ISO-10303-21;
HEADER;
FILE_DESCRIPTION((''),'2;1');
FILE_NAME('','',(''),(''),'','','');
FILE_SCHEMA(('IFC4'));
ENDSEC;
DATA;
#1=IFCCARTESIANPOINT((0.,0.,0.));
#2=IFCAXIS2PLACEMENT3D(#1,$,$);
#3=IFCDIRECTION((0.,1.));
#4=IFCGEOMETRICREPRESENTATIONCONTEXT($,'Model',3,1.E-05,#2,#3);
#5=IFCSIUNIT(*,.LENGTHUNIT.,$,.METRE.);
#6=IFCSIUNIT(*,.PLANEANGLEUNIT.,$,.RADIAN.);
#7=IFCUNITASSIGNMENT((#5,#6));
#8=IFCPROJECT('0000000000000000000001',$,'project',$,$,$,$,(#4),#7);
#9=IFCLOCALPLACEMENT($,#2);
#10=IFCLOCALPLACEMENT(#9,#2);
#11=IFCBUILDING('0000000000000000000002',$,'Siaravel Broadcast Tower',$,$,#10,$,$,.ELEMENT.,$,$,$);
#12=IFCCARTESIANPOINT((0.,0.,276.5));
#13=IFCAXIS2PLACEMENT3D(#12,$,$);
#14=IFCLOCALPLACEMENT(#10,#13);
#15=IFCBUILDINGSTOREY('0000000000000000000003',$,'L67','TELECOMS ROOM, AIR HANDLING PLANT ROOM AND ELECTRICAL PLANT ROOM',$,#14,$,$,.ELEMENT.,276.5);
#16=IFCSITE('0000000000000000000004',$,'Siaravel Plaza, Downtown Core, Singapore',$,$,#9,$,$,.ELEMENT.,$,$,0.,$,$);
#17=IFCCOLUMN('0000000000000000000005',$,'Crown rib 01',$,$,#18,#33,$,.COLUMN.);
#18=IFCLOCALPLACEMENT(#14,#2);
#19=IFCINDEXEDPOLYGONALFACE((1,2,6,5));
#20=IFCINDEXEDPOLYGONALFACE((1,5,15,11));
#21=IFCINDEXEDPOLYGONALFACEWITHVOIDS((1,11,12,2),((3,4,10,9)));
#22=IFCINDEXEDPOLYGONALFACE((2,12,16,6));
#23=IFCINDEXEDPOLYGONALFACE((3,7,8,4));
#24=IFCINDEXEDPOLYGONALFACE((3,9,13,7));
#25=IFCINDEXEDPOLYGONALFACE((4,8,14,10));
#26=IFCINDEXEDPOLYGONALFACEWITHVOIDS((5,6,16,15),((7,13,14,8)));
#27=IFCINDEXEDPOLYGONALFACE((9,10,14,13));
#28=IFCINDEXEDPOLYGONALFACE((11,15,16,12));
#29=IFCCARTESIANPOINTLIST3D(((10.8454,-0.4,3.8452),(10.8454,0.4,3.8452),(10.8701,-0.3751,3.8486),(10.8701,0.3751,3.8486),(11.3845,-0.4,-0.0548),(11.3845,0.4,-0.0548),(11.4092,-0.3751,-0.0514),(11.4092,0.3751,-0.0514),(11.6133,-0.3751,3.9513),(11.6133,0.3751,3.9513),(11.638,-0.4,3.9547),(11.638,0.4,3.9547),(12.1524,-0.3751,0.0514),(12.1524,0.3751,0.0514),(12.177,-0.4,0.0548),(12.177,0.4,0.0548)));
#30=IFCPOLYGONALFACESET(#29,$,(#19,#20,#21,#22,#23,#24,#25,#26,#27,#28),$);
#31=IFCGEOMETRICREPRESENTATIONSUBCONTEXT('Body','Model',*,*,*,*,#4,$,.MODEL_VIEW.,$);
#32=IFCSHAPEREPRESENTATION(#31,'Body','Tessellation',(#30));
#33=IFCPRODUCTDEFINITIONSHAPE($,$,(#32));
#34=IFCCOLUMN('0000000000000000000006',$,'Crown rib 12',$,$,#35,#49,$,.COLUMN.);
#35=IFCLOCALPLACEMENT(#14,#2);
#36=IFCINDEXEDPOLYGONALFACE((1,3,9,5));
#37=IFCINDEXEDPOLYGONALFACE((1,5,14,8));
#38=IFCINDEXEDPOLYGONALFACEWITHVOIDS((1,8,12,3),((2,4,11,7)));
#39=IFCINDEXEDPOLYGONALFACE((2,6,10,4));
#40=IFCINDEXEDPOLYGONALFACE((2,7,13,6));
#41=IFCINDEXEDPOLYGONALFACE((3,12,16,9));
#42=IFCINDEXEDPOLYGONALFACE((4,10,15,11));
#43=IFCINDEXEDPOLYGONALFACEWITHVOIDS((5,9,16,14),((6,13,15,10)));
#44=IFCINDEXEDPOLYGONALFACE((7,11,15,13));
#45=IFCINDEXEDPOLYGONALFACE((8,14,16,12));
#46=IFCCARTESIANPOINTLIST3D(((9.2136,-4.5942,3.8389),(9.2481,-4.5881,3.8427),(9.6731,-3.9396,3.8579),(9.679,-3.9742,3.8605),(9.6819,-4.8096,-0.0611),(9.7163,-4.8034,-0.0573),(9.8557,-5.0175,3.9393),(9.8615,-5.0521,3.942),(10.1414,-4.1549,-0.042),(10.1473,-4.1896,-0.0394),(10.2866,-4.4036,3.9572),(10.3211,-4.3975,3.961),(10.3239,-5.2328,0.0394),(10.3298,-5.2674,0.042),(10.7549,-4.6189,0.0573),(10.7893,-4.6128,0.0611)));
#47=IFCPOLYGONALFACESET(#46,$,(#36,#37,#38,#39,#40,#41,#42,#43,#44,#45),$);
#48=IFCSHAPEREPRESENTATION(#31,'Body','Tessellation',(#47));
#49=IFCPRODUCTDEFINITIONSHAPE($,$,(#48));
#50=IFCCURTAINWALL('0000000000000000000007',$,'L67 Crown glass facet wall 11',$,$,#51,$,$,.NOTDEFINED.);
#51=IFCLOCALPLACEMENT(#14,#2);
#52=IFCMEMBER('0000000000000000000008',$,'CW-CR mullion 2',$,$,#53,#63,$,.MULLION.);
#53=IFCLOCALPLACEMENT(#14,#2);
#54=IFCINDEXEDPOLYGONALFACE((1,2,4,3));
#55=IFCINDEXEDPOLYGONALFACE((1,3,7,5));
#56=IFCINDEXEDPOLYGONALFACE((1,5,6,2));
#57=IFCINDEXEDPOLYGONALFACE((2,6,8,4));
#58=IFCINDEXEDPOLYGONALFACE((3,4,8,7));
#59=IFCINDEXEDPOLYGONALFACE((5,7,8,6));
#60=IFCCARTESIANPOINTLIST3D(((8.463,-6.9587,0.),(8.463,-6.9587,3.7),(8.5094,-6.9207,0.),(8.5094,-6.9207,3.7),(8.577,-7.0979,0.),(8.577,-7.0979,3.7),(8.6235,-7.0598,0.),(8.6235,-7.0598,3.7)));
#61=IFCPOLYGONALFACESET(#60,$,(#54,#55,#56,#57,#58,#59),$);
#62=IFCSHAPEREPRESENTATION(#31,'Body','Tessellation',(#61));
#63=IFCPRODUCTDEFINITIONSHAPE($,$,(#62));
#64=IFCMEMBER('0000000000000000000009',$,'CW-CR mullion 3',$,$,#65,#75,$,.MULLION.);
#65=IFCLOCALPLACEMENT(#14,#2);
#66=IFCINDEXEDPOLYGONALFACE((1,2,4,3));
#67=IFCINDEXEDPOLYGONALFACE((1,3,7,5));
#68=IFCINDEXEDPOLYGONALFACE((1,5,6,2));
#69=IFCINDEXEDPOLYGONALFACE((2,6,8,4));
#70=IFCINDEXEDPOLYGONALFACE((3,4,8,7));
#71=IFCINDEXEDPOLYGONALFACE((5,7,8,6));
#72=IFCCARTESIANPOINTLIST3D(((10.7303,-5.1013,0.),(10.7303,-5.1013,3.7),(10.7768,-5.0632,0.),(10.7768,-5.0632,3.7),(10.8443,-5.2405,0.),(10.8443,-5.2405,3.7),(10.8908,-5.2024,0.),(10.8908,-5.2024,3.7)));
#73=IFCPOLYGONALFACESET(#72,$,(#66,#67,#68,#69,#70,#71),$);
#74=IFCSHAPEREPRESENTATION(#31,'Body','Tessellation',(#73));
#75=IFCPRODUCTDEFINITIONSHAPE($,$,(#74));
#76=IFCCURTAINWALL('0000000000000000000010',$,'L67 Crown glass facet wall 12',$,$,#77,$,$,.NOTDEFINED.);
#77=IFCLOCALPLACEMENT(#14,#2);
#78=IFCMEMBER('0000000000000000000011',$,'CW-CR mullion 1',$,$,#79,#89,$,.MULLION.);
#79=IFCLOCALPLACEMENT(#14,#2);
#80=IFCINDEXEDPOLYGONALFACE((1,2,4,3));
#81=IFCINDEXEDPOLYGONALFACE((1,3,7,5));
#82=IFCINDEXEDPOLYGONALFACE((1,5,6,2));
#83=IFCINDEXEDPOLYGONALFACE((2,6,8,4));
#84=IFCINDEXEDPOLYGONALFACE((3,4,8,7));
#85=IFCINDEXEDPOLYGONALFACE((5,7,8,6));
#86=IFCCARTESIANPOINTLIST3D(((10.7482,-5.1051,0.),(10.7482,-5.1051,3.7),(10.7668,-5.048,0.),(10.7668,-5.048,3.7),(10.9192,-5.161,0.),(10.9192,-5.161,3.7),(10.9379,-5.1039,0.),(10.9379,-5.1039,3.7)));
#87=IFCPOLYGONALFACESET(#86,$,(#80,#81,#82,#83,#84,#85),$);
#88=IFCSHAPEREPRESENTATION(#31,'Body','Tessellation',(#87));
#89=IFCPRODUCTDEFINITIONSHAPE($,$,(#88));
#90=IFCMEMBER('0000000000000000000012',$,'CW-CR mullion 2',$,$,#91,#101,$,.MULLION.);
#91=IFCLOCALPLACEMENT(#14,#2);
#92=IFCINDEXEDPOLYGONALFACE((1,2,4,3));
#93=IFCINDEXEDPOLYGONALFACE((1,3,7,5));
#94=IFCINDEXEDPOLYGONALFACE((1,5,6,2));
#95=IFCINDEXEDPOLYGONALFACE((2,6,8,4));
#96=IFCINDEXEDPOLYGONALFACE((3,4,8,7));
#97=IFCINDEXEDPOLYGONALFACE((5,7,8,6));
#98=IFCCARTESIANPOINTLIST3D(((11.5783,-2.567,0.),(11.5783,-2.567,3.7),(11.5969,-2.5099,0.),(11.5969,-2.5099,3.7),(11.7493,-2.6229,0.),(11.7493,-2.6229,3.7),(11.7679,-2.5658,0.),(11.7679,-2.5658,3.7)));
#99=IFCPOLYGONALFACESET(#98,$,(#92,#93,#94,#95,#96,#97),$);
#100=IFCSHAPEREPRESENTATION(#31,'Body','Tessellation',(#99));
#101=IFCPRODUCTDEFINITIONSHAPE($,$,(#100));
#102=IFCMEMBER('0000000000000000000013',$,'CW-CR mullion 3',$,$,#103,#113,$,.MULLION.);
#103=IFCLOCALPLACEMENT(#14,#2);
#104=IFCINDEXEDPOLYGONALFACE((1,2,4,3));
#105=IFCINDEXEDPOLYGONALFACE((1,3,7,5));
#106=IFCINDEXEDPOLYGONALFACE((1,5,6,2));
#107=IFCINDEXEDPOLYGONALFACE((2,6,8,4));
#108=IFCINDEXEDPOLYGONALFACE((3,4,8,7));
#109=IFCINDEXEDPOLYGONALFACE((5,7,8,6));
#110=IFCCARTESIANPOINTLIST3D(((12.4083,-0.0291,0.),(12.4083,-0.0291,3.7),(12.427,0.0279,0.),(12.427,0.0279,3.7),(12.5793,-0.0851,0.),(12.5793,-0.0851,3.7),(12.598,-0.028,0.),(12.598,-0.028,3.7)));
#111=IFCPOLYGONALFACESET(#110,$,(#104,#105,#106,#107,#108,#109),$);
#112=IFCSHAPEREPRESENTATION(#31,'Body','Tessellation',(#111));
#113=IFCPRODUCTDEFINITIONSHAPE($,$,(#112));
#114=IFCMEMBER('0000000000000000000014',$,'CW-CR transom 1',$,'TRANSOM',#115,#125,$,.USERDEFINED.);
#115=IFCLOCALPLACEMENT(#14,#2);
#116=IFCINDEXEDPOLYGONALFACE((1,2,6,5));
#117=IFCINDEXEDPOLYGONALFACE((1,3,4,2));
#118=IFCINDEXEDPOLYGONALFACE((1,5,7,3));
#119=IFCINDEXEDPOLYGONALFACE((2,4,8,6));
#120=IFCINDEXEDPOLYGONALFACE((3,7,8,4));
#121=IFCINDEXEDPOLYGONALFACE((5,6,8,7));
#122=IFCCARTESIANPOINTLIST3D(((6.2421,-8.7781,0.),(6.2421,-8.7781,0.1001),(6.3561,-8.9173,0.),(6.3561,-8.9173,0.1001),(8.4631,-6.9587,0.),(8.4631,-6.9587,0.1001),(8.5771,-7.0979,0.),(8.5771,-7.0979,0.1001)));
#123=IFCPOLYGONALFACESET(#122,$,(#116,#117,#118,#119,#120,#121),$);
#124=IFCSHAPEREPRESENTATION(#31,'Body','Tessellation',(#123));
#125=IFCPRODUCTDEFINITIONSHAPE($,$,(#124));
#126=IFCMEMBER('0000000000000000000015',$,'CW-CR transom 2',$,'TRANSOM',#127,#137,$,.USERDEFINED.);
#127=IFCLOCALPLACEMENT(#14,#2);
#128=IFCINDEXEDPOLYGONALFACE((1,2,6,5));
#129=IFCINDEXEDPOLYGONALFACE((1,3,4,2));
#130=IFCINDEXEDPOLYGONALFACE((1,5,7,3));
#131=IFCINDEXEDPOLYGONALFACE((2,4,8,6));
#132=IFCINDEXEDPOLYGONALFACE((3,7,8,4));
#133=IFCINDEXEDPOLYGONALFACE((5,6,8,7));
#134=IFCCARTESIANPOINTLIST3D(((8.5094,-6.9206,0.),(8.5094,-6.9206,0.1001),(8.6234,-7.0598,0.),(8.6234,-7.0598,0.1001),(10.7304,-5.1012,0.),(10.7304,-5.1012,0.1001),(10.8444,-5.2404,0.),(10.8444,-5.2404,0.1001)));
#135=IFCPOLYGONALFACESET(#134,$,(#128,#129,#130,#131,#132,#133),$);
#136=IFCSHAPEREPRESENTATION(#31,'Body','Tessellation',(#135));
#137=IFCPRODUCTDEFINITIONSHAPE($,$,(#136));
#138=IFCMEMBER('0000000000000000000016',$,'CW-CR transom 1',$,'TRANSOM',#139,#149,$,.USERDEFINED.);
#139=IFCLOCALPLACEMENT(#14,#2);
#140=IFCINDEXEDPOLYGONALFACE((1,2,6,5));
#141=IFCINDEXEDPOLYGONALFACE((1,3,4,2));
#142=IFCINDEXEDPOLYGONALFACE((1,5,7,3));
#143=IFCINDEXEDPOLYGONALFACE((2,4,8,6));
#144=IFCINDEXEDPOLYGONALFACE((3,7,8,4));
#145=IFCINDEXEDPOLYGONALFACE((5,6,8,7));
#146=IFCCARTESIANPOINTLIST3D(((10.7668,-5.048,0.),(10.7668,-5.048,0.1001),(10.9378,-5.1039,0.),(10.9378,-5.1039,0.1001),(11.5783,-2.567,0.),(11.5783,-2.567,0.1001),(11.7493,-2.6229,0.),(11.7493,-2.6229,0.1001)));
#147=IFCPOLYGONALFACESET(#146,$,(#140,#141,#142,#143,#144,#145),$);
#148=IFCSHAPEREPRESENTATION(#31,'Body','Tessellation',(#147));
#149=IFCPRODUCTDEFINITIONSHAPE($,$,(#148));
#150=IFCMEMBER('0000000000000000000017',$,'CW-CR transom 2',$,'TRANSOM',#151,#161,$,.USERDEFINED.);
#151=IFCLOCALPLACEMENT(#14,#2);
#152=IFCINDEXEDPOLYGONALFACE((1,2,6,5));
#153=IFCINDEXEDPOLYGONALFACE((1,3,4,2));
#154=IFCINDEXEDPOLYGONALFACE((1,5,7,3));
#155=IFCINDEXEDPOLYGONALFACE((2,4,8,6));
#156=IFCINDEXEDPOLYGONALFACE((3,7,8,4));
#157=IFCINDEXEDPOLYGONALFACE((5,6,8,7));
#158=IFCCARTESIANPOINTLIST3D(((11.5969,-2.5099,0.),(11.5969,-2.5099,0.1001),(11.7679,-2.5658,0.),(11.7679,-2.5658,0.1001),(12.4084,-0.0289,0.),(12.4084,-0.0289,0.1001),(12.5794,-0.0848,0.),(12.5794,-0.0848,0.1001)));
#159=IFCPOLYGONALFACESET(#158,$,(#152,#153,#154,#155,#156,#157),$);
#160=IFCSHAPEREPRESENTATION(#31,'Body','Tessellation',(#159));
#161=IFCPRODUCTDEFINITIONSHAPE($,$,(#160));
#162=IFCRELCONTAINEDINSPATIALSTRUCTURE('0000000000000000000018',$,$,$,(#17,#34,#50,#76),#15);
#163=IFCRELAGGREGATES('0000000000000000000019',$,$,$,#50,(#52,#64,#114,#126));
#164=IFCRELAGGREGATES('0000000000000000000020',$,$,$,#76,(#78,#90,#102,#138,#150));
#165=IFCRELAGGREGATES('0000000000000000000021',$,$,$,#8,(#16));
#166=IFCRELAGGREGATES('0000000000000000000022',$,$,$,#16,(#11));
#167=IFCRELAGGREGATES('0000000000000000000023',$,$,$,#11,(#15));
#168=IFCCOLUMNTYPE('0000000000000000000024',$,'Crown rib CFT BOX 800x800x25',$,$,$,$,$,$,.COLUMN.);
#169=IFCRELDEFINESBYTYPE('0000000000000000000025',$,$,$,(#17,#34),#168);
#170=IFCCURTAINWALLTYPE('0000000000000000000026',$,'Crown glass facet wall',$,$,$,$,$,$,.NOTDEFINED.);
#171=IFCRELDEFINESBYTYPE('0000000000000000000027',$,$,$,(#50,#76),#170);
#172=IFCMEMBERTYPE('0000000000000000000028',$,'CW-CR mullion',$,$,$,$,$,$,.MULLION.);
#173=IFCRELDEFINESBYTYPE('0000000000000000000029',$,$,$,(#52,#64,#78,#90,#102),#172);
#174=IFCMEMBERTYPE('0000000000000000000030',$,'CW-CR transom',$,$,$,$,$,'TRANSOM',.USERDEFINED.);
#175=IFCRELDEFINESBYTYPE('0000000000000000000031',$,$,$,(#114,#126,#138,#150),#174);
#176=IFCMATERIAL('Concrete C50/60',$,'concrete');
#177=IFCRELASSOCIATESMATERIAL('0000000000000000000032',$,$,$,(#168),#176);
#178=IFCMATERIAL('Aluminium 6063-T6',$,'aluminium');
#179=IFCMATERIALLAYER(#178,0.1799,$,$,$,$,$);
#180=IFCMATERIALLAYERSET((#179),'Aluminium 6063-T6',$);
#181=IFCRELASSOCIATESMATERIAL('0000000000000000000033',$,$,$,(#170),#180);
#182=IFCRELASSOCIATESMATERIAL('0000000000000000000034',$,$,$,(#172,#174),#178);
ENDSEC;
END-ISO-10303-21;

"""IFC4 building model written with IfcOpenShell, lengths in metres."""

from ifc_helpers import new_model, si_unit, direction, frame, origin, origin_2d, place, context, subcontext, project, spatial, rectangle, hollow_rectangle, extrude, material, layer, layer_set, material_profile, profile_set, type_object, element, aggregate, save


model = new_model("IFC4")

# Units and contexts
model_context = context("Model", 3, precision=1e-05, world=origin(), true_north=direction((0.0, 1.0)))
body_context = subcontext(model_context, "Body", "Model", "MODEL_VIEW")
ifc_project = project(units=[si_unit("LENGTHUNIT", "METRE"), si_unit("PLANEANGLEUNIT", "RADIAN")], contexts=[model_context])

# Site, building, storey
site_placement = place(None, origin())
site = spatial("IfcSite", under=ifc_project, at=site_placement, Name="Siaravel Plaza, Downtown Core, Singapore", CompositionType="ELEMENT", RefElevation=0.0)
building_placement = place(site_placement, origin())
building = spatial("IfcBuilding", under=site, at=building_placement, Name="Siaravel Broadcast Tower", CompositionType="ELEMENT")
storey_placement = place(building_placement, frame((0.0, 0.0, 276.5)))
storey = spatial("IfcBuildingStorey", under=building, at=storey_placement, Name="L67", Description="TELECOMS ROOM, AIR HANDLING PLANT ROOM AND ELECTRICAL PLANT ROOM", CompositionType="ELEMENT", Elevation=276.5)

# Columns
ifc_material_1 = material(Name="Concrete C50/60", Category="concrete")
ifc_material_profile_1 = material_profile(ifc_material_1, hollow_rectangle(XDim=0.8, YDim=0.8, WallThickness=0.0249, at=origin_2d()))
ifc_profile_set_1 = profile_set([ifc_material_profile_1], Name="Concrete C50/60")
column_type = type_object("IfcColumnType", Name="Crown rib CFT BOX 800x800x25", PredefinedType="COLUMN", material=ifc_profile_set_1)
column_1_placement = place(storey_placement, frame((11.7808, 0.0, 0.0), z_axis=(-0.136923, 0.0, 0.990582), x_axis=(0.0, -1.0, 0.0)))
element("IfcColumn", 1, at=column_1_placement, inside=storey, type_object=column_type, Name="Crown rib 01", PredefinedType="COLUMN", context=body_context, shape_type="SweptSolid", body=[
    extrude(hollow_rectangle(XDim=0.8, YDim=0.8, WallThickness=0.0249, at=origin_2d()), origin(), (0.0, 0.0, 1.0), 3.937),
])
column_2_placement = place(storey_placement, frame((10.2356, -4.7112, 0.0), z_axis=(-0.119035, 0.054739, 0.99138), x_axis=(-0.574404, -0.818226, -0.023791)))
element("IfcColumn", 2, at=column_2_placement, inside=storey, type_object=column_type, Name="Crown rib 12", PredefinedType="COLUMN", context=body_context, shape_type="SweptSolid", body=[
    extrude(hollow_rectangle(XDim=0.8, YDim=0.8, WallThickness=0.0249, at=origin_2d()), origin(), (0.0, 0.0, 1.0), 3.9338),
])

# Curtain walls, members
ifc_material_2 = material(Name="Aluminium 6063-T6", Category="aluminium")
ifc_layer_1 = layer(ifc_material_2, 0.1799)
ifc_layer_set_1 = layer_set([ifc_layer_1], Name="Aluminium 6063-T6")
curtain_wall_type = type_object("IfcCurtainWallType", Name="Crown glass facet wall", PredefinedType="NOTDEFINED", material=ifc_layer_set_1)
curtain_wall_1_placement = place(storey_placement, origin())
curtain_wall_1 = element("IfcCurtainWall", 3, at=curtain_wall_1_placement, inside=storey, type_object=curtain_wall_type, Name="L67 Crown glass facet wall 11", PredefinedType="NOTDEFINED")
ifc_material_profile_2 = material_profile(ifc_material_2, rectangle(XDim=0.1799, YDim=0.0601, at=origin_2d()))
ifc_profile_set_2 = profile_set([ifc_material_profile_2], Name="Aluminium 6063-T6")
member_type_1 = type_object("IfcMemberType", Name="CW-CR mullion", PredefinedType="MULLION", material=ifc_profile_set_2)
member_1_placement = place(storey_placement, frame((8.5432, -7.0093, 0.0), z_axis=(0.0, 0.0, 1.0), x_axis=(-0.633713, 0.773569, 0.0)))
member_1 = element("IfcMember", 4, at=member_1_placement, type_object=member_type_1, Name="CW-CR mullion 2", PredefinedType="MULLION", context=body_context, shape_type="SweptSolid", body=[
    extrude(rectangle(XDim=0.1799, YDim=0.0601, at=origin_2d()), origin(), (0.0, 0.0, 1.0), 3.7),
])
member_2_placement = place(storey_placement, frame((10.8105, -5.1519, 0.0), z_axis=(0.0, 0.0, 1.0), x_axis=(-0.633713, 0.773569, 0.0)))
member_2 = element("IfcMember", 5, at=member_2_placement, type_object=member_type_1, Name="CW-CR mullion 3", PredefinedType="MULLION", context=body_context, shape_type="SweptSolid", body=[
    extrude(rectangle(XDim=0.1799, YDim=0.0601, at=origin_2d()), origin(), (0.0, 0.0, 1.0), 3.7),
])
curtain_wall_2_placement = place(storey_placement, origin())
curtain_wall_2 = element("IfcCurtainWall", 6, at=curtain_wall_2_placement, inside=storey, type_object=curtain_wall_type, Name="L67 Crown glass facet wall 12", PredefinedType="NOTDEFINED")
member_3_placement = place(storey_placement, frame((10.843, -5.1045, 0.0), z_axis=(0.0, 0.0, 1.0), x_axis=(-0.950456, 0.31086, 0.0)))
member_3 = element("IfcMember", 7, at=member_3_placement, type_object=member_type_1, Name="CW-CR mullion 1", PredefinedType="MULLION", context=body_context, shape_type="SweptSolid", body=[
    extrude(rectangle(XDim=0.1799, YDim=0.0601, at=origin_2d()), origin(), (0.0, 0.0, 1.0), 3.7),
])
member_4_placement = place(storey_placement, frame((11.6731, -2.5664, 0.0), z_axis=(0.0, 0.0, 1.0), x_axis=(-0.950456, 0.31086, 0.0)))
member_4 = element("IfcMember", 8, at=member_4_placement, type_object=member_type_1, Name="CW-CR mullion 2", PredefinedType="MULLION", context=body_context, shape_type="SweptSolid", body=[
    extrude(rectangle(XDim=0.1799, YDim=0.0601, at=origin_2d()), origin(), (0.0, 0.0, 1.0), 3.7),
])
member_5_placement = place(storey_placement, frame((12.5032, -0.0286, 0.0), z_axis=(0.0, 0.0, 1.0), x_axis=(-0.950456, 0.31086, 0.0)))
member_5 = element("IfcMember", 9, at=member_5_placement, type_object=member_type_1, Name="CW-CR mullion 3", PredefinedType="MULLION", context=body_context, shape_type="SweptSolid", body=[
    extrude(rectangle(XDim=0.1799, YDim=0.0601, at=origin_2d()), origin(), (0.0, 0.0, 1.0), 3.7),
])

# Members
ifc_material_profile_3 = material_profile(ifc_material_2, rectangle(XDim=0.1799, YDim=0.1001, at=origin_2d()))
ifc_profile_set_3 = profile_set([ifc_material_profile_3], Name="Aluminium 6063-T6")
member_type_2 = type_object("IfcMemberType", Name="CW-CR transom", ElementType="TRANSOM", PredefinedType="USERDEFINED", material=ifc_profile_set_3)
member_6_placement = place(storey_placement, frame((6.2991, -8.8477, 0.05), z_axis=(0.773582, 0.633696, 0.0), x_axis=(-0.633696, 0.773582, 0.0)))
member_6 = element("IfcMember", 10, at=member_6_placement, type_object=member_type_2, Name="CW-CR transom 1", ObjectType="TRANSOM", PredefinedType="USERDEFINED", context=body_context, shape_type="SweptSolid", body=[
    extrude(rectangle(XDim=0.1799, YDim=0.1001, at=origin_2d()), origin(), (0.0, 0.0, 1.0), 2.8711),
])
member_7_placement = place(storey_placement, frame((8.5664, -6.9902, 0.05), z_axis=(0.773582, 0.633696, 0.0), x_axis=(-0.633696, 0.773582, 0.0)))
member_7 = element("IfcMember", 11, at=member_7_placement, type_object=member_type_2, Name="CW-CR transom 2", ObjectType="TRANSOM", PredefinedType="USERDEFINED", context=body_context, shape_type="SweptSolid", body=[
    extrude(rectangle(XDim=0.1799, YDim=0.1001, at=origin_2d()), origin(), (0.0, 0.0, 1.0), 2.8711),
])
member_8_placement = place(storey_placement, frame((10.8523, -5.0759, 0.05), z_axis=(0.310892, 0.950445, 0.0), x_axis=(-0.950445, 0.310892, 0.0)))
member_8 = element("IfcMember", 12, at=member_8_placement, type_object=member_type_2, Name="CW-CR transom 1", ObjectType="TRANSOM", PredefinedType="USERDEFINED", context=body_context, shape_type="SweptSolid", body=[
    extrude(rectangle(XDim=0.1799, YDim=0.1001, at=origin_2d()), origin(), (0.0, 0.0, 1.0), 2.6104),
])
member_9_placement = place(storey_placement, frame((11.6824, -2.5378, 0.05), z_axis=(0.310892, 0.950445, 0.0), x_axis=(-0.950445, 0.310892, 0.0)))
member_9 = element("IfcMember", 13, at=member_9_placement, type_object=member_type_2, Name="CW-CR transom 2", ObjectType="TRANSOM", PredefinedType="USERDEFINED", context=body_context, shape_type="SweptSolid", body=[
    extrude(rectangle(XDim=0.1799, YDim=0.1001, at=origin_2d()), origin(), (0.0, 0.0, 1.0), 2.6104),
])

aggregate(curtain_wall_1, [member_1, member_2, member_6, member_7])
aggregate(curtain_wall_2, [member_3, member_4, member_5, member_8, member_9])

save(model, "model.ifc")
